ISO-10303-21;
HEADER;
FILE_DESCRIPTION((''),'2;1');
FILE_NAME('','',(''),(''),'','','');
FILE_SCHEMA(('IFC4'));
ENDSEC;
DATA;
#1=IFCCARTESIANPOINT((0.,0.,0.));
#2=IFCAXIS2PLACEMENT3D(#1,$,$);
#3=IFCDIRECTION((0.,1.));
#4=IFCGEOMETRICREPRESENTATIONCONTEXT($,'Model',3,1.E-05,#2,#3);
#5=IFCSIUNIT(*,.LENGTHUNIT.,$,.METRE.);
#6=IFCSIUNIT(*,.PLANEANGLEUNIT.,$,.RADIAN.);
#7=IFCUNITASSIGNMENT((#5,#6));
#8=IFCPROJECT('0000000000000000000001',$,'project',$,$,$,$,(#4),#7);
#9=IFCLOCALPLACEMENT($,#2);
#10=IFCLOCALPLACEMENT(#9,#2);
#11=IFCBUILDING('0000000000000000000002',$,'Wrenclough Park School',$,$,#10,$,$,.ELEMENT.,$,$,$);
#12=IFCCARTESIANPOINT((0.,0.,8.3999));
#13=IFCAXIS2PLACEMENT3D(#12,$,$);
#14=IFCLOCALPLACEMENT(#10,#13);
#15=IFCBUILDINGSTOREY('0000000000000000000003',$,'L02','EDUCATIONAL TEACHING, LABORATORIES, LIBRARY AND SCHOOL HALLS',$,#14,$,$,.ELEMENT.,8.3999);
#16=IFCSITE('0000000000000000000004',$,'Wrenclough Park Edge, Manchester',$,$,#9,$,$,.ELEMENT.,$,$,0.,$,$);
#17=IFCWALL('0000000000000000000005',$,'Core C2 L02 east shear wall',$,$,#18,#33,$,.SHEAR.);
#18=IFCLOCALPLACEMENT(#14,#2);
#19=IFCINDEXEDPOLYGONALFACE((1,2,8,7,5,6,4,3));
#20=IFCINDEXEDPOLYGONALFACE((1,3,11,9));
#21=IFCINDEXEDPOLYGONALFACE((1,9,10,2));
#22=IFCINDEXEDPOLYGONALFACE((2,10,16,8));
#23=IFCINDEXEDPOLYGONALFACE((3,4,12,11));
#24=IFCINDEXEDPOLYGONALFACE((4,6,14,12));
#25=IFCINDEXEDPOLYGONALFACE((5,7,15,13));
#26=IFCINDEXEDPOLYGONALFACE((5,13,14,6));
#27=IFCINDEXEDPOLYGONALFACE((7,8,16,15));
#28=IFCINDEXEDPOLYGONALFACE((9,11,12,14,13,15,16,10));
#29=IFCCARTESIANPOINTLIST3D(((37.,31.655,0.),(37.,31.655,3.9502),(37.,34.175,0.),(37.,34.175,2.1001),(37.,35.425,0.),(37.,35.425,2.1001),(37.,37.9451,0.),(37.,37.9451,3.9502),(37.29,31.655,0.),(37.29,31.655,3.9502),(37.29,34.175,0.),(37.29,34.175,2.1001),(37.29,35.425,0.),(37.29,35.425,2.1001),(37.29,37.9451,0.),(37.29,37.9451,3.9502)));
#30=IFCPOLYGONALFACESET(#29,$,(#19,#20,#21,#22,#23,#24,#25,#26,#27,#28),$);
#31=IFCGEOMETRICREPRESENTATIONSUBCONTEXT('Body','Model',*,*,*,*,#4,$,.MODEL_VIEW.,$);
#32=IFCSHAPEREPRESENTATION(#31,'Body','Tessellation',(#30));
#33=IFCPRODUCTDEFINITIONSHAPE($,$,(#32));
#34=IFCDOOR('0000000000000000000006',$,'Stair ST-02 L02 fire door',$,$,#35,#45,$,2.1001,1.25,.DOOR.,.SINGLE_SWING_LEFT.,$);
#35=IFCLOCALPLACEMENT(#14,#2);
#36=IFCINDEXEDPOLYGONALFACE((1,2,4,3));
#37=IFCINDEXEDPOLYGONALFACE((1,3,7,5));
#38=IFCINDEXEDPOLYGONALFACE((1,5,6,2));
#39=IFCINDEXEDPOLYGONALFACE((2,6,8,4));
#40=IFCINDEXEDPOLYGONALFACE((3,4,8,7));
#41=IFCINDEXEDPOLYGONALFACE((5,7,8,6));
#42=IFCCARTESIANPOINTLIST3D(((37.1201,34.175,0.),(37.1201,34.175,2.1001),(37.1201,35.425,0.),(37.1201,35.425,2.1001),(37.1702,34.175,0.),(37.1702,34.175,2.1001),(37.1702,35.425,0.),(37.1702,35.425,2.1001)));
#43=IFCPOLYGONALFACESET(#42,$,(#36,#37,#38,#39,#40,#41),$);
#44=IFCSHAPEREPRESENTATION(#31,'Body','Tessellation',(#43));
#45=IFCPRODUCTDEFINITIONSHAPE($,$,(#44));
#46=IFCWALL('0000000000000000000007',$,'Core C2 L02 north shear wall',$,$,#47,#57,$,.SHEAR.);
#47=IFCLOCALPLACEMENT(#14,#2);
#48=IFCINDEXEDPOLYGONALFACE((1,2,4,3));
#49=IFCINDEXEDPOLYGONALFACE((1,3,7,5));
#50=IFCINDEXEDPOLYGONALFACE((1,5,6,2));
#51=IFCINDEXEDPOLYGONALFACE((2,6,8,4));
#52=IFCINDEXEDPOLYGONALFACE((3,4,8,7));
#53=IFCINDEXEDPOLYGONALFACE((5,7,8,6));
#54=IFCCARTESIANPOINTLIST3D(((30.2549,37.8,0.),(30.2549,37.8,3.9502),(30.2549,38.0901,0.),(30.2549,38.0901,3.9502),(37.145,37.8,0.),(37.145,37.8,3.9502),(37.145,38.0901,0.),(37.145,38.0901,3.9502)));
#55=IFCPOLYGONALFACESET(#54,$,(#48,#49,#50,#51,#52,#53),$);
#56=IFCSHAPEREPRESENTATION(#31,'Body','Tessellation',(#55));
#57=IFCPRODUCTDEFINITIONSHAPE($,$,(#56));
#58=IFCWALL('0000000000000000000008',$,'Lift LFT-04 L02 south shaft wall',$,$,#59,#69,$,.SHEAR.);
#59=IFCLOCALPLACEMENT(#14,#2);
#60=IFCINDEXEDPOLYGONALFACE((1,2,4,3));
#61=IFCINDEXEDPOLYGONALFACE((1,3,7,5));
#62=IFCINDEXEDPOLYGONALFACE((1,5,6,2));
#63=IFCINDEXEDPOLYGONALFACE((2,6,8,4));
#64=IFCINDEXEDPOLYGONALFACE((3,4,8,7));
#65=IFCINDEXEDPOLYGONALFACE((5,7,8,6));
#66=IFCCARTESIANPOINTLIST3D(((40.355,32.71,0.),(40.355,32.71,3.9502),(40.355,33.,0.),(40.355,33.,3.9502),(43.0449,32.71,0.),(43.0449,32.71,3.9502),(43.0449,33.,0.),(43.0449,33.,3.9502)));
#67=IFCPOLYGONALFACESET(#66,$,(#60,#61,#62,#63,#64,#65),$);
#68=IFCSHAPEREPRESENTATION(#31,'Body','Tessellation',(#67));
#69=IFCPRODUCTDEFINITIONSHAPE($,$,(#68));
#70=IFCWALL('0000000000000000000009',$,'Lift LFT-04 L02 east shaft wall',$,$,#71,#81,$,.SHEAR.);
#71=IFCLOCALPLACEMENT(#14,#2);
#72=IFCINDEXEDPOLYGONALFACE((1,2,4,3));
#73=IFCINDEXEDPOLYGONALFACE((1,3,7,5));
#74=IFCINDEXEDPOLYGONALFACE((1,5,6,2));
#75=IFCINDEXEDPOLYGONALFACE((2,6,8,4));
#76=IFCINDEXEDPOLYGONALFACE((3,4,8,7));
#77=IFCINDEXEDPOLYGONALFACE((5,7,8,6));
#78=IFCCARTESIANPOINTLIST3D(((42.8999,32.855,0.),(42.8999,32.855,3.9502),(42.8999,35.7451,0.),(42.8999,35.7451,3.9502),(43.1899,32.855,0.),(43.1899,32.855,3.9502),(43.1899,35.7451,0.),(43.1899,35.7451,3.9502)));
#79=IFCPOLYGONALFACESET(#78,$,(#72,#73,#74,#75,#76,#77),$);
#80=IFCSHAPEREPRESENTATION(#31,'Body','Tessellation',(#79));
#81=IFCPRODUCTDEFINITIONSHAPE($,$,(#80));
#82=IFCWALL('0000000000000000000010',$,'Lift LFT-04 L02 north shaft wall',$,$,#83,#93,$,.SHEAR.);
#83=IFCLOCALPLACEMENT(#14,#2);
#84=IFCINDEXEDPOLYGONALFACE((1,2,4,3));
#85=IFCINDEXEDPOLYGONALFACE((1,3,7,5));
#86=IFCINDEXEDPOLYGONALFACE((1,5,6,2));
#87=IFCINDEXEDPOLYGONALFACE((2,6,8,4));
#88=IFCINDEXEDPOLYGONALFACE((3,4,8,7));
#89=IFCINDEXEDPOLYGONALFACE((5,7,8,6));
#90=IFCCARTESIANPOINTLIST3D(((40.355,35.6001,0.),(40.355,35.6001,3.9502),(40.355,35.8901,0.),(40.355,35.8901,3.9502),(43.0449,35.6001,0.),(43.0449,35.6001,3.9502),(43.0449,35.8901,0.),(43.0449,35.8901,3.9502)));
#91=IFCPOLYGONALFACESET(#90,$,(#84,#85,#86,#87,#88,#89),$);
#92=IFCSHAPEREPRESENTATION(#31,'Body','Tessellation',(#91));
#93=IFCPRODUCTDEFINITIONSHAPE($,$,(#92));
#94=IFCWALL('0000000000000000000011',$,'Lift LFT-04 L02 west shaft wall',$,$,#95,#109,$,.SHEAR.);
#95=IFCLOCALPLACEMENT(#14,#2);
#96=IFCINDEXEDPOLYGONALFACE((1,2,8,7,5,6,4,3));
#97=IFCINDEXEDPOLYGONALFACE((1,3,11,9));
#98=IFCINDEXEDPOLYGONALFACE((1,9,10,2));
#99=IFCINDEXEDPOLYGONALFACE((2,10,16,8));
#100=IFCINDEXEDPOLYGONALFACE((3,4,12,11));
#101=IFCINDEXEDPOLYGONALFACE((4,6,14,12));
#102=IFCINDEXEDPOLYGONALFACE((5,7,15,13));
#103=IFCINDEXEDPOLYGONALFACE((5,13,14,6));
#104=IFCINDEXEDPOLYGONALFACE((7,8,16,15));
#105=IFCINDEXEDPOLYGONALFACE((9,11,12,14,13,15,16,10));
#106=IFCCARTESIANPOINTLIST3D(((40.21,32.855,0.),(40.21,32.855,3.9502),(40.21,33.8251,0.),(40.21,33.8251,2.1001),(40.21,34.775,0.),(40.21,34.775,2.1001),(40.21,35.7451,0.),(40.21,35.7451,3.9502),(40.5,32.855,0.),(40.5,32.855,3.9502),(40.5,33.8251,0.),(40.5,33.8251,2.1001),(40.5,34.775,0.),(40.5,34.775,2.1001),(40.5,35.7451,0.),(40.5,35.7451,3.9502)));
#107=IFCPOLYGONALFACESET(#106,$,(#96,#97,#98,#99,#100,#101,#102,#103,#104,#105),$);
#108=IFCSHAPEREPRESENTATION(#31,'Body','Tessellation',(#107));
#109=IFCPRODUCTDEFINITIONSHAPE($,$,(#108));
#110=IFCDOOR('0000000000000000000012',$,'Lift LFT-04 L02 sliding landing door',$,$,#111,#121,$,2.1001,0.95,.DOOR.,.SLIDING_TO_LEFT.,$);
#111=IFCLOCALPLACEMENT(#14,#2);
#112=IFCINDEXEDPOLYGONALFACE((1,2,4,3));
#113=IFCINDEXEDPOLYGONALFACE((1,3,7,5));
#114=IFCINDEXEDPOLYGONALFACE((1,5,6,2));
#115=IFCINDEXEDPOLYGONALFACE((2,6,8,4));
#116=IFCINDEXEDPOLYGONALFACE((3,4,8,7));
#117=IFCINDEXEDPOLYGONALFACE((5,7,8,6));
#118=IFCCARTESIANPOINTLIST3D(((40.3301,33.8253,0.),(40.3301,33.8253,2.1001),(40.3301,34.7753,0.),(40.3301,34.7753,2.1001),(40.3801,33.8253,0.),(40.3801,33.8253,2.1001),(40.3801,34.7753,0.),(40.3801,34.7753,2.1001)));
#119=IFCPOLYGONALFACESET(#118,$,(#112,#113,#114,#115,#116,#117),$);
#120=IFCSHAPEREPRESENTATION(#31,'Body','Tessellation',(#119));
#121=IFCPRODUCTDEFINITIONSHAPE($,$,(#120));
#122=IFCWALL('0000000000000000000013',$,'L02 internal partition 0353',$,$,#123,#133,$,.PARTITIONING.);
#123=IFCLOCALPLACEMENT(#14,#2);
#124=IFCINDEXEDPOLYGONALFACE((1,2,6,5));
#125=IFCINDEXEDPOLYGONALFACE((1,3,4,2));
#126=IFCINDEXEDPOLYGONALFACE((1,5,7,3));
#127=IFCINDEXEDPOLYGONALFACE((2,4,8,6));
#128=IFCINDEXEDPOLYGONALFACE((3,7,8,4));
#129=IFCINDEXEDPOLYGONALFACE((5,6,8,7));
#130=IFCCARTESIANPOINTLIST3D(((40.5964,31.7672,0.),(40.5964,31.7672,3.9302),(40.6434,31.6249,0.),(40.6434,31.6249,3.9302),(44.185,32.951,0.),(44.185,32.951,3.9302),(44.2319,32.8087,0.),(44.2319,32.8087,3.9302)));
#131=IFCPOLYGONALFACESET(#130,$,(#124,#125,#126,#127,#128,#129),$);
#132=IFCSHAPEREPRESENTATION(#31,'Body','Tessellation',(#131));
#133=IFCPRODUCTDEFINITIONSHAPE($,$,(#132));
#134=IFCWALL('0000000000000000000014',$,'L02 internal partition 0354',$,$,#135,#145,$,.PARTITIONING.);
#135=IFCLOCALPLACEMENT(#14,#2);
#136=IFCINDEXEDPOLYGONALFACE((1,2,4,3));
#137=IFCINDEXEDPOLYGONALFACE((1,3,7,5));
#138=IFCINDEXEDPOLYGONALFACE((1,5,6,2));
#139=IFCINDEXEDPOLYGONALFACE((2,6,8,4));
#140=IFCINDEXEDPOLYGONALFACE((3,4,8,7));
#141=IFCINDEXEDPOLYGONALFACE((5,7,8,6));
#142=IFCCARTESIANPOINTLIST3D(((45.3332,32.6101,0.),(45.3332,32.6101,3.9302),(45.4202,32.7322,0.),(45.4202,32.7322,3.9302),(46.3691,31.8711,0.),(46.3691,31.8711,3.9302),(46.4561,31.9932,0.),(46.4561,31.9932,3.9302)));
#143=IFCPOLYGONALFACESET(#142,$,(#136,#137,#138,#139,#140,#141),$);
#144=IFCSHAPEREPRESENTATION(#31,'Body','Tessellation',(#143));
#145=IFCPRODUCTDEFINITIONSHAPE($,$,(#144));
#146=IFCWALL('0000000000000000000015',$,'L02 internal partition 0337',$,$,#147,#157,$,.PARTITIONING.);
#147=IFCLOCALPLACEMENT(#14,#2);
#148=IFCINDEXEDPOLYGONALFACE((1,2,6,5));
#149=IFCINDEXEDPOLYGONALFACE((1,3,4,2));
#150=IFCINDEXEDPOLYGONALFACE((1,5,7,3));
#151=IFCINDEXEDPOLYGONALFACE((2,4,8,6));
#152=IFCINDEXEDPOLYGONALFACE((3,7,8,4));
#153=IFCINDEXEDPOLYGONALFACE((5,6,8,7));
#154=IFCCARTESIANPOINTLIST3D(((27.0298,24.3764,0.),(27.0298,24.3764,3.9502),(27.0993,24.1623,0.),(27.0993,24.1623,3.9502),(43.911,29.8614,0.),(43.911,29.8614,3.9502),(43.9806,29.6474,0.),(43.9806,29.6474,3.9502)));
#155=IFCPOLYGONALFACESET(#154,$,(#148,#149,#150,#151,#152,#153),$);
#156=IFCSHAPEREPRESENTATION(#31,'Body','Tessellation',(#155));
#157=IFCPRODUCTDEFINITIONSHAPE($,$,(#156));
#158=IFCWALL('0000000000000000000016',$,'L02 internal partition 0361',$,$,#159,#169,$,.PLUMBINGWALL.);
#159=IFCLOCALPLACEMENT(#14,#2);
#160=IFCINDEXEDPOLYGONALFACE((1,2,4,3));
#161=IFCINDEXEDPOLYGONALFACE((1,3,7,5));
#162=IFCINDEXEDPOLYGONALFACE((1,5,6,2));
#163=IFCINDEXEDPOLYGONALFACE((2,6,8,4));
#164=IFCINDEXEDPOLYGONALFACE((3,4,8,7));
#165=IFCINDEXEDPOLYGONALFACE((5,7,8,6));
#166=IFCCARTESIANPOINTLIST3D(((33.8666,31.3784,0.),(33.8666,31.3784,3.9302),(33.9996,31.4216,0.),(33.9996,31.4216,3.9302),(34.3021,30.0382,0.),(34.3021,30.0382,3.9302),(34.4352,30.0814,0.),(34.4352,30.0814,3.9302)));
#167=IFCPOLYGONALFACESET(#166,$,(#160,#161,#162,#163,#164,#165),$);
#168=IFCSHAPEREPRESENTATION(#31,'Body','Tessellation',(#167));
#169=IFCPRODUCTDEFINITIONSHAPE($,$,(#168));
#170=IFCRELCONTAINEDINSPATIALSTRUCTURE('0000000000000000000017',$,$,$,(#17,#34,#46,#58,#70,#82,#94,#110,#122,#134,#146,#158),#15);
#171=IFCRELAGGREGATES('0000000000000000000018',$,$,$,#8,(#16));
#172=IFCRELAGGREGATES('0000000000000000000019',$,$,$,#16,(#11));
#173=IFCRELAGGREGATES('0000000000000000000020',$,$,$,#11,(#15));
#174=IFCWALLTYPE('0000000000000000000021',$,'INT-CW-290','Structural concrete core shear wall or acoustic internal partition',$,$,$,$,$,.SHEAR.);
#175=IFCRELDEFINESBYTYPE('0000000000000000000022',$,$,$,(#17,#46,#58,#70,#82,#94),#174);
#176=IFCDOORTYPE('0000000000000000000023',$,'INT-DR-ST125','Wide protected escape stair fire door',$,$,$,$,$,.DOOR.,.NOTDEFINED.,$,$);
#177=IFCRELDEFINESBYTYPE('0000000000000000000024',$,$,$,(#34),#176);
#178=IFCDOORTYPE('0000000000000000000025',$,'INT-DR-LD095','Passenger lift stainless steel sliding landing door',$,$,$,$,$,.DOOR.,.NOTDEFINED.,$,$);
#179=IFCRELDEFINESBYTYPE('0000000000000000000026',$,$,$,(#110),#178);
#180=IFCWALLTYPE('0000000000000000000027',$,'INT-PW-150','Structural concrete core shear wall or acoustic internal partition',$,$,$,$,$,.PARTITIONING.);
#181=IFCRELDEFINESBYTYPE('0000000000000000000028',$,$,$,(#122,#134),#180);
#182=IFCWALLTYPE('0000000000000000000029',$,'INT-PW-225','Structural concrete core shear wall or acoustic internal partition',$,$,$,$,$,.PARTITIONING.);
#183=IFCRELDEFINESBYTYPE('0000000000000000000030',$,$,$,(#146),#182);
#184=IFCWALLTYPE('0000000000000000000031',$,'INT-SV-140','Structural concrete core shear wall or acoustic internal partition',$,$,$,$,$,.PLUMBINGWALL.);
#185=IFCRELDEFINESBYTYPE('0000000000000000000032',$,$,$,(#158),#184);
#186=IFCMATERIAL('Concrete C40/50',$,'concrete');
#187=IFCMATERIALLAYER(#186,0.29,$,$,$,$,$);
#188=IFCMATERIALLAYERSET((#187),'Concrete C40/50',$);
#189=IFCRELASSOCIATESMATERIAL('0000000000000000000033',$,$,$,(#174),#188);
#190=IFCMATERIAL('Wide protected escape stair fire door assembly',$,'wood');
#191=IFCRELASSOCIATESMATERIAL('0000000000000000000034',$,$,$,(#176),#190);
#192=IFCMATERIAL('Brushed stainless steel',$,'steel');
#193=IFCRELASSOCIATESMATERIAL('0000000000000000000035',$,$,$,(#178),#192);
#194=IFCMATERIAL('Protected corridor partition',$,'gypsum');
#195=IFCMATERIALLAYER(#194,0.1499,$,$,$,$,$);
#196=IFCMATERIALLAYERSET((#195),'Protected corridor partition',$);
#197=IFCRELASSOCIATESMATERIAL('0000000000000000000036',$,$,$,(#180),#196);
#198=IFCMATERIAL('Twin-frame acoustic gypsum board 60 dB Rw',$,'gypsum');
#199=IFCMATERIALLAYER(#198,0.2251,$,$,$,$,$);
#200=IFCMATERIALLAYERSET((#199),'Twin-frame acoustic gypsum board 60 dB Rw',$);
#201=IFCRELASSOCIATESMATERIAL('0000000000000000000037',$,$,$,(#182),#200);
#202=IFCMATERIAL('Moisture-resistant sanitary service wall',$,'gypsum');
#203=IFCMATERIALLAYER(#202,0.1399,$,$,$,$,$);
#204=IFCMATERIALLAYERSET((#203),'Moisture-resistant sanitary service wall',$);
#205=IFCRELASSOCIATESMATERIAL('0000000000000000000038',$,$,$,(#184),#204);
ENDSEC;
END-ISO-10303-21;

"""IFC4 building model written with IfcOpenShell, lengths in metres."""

from ifc_helpers import new_model, si_unit, direction, frame, frame_2d, origin, place, context, subcontext, project, spatial, rectangle, extrude, material, layer, layer_set, type_object, element, fill, save


model = new_model("IFC4")

# Units and contexts
model_context = context("Model", 3, precision=1e-05, world=origin(), true_north=direction((0.0, 1.0)))
body_context = subcontext(model_context, "Body", "Model", "MODEL_VIEW")
ifc_project = project(units=[si_unit("LENGTHUNIT", "METRE"), si_unit("PLANEANGLEUNIT", "RADIAN")], contexts=[model_context])

# Site, building, storey
site_placement = place(None, origin())
site = spatial("IfcSite", under=ifc_project, at=site_placement, Name="Wrenclough Park Edge, Manchester", CompositionType="ELEMENT", RefElevation=0.0)
building_placement = place(site_placement, origin())
building = spatial("IfcBuilding", under=site, at=building_placement, Name="Wrenclough Park School", CompositionType="ELEMENT")
storey_placement = place(building_placement, frame((0.0, 0.0, 8.3999)))
storey = spatial("IfcBuildingStorey", under=building, at=storey_placement, Name="L02", Description="EDUCATIONAL TEACHING, LABORATORIES, LIBRARY AND SCHOOL HALLS", CompositionType="ELEMENT", Elevation=8.3999)

# Wall, opening, door
ifc_material_1 = material(Name="Concrete C40/50", Category="concrete")
ifc_layer_1 = layer(ifc_material_1, 0.29)
ifc_layer_set_1 = layer_set([ifc_layer_1], Name="Concrete C40/50")
wall_type_1 = type_object("IfcWallType", Name="INT-CW-290", Description="Structural concrete core shear wall or acoustic internal partition", PredefinedType="SHEAR", material=ifc_layer_set_1)
wall_1_placement = place(storey_placement, frame((37.145, 31.655, 0.0), z_axis=(0.0, 0.0, 1.0), x_axis=(0.0, 1.0, 0.0)))
wall_1 = element("IfcWall", 1, at=wall_1_placement, inside=storey, type_object=wall_type_1, Name="Core C2 L02 east shear wall", PredefinedType="SHEAR", context=body_context, shape_type="SweptSolid", body=[
    extrude(rectangle(XDim=6.29, YDim=0.29, at=frame_2d((3.145, 0.0))), origin(), (0.0, 0.0, 1.0), 3.9502),
])
opening_1_placement = place(wall_1_placement, frame((2.52, 0.0, 0.0)))
opening_1 = element("IfcOpeningElement", 2, at=opening_1_placement, cuts=wall_1, PredefinedType="OPENING", context=body_context, shape_type="SweptSolid", body=[
    extrude(rectangle(XDim=1.25, YDim=2.1001, at=frame_2d((0.625, 1.05))), frame((0.0, 0.155, 0.0), z_axis=(0.0, -1.0, 0.0), x_axis=(1.0, 0.0, 0.0)), (0.0, 0.0, 1.0), 0.3101),
])
ifc_material_2 = material(Name="Wide protected escape stair fire door assembly", Category="wood")
door_type_1 = type_object("IfcDoorType", Name="INT-DR-ST125", Description="Wide protected escape stair fire door", OperationType="NOTDEFINED", PredefinedType="DOOR", material=ifc_material_2)
door_1_placement = place(opening_1_placement, origin())
door_1 = element("IfcDoor", 3, at=door_1_placement, inside=storey, type_object=door_type_1, Name="Stair ST-02 L02 fire door", OperationType="SINGLE_SWING_LEFT", OverallHeight=2.1001, OverallWidth=1.25, PredefinedType="DOOR", context=body_context, shape_type="SweptSolid", body=[
    extrude(rectangle(XDim=1.25, YDim=2.1001, at=frame_2d((0.625, 1.05))), frame((0.0, 0.0249, 0.0), z_axis=(0.0, -1.0, 0.0), x_axis=(1.0, 0.0, 0.0)), (0.0, 0.0, 1.0), 0.05),
])
fill(opening_1, door_1)

# Walls
wall_2_placement = place(storey_placement, frame((37.145, 37.9451, 0.0), z_axis=(0.0, 0.0, 1.0), x_axis=(-1.0, 0.0, 0.0)))
element("IfcWall", 4, at=wall_2_placement, inside=storey, type_object=wall_type_1, Name="Core C2 L02 north shear wall", PredefinedType="SHEAR", context=body_context, shape_type="SweptSolid", body=[
    extrude(rectangle(XDim=6.8901, YDim=0.29, at=frame_2d((3.4451, 0.0))), origin(), (0.0, 0.0, 1.0), 3.9502),
])
wall_3_placement = place(storey_placement, frame((40.355, 32.855, 0.0), z_axis=(0.0, 0.0, 1.0), x_axis=(1.0, 0.0, 0.0)))
element("IfcWall", 5, at=wall_3_placement, inside=storey, type_object=wall_type_1, Name="Lift LFT-04 L02 south shaft wall", PredefinedType="SHEAR", context=body_context, shape_type="SweptSolid", body=[
    extrude(rectangle(XDim=2.6899, YDim=0.29, at=frame_2d((1.345, 0.0))), origin(), (0.0, 0.0, 1.0), 3.9502),
])
wall_4_placement = place(storey_placement, frame((43.0449, 32.855, 0.0), z_axis=(0.0, 0.0, 1.0), x_axis=(0.0, 1.0, 0.0)))
element("IfcWall", 6, at=wall_4_placement, inside=storey, type_object=wall_type_1, Name="Lift LFT-04 L02 east shaft wall", PredefinedType="SHEAR", context=body_context, shape_type="SweptSolid", body=[
    extrude(rectangle(XDim=2.8901, YDim=0.29, at=frame_2d((1.4451, 0.0))), origin(), (0.0, 0.0, 1.0), 3.9502),
])
wall_5_placement = place(storey_placement, frame((43.0449, 35.7451, 0.0), z_axis=(0.0, 0.0, 1.0), x_axis=(-1.0, 0.0, 0.0)))
element("IfcWall", 7, at=wall_5_placement, inside=storey, type_object=wall_type_1, Name="Lift LFT-04 L02 north shaft wall", PredefinedType="SHEAR", context=body_context, shape_type="SweptSolid", body=[
    extrude(rectangle(XDim=2.6899, YDim=0.29, at=frame_2d((1.345, 0.0))), origin(), (0.0, 0.0, 1.0), 3.9502),
])

# Wall, opening, door
wall_6_placement = place(storey_placement, frame((40.355, 35.7451, 0.0), z_axis=(0.0, 0.0, 1.0), x_axis=(0.0, -1.0, 0.0)))
wall_6 = element("IfcWall", 8, at=wall_6_placement, inside=storey, type_object=wall_type_1, Name="Lift LFT-04 L02 west shaft wall", PredefinedType="SHEAR", context=body_context, shape_type="SweptSolid", body=[
    extrude(rectangle(XDim=2.8901, YDim=0.29, at=frame_2d((1.4451, 0.0))), origin(), (0.0, 0.0, 1.0), 3.9502),
])
opening_2_placement = place(wall_6_placement, frame((0.97, 0.0, 0.0)))
opening_2 = element("IfcOpeningElement", 9, at=opening_2_placement, cuts=wall_6, PredefinedType="OPENING", context=body_context, shape_type="SweptSolid", body=[
    extrude(rectangle(XDim=0.95, YDim=2.1001, at=frame_2d((0.4751, 1.05))), frame((0.0, 0.155, 0.0), z_axis=(0.0, -1.0, 0.0), x_axis=(1.0, 0.0, 0.0)), (0.0, 0.0, 1.0), 0.3101),
])
ifc_material_3 = material(Name="Brushed stainless steel", Category="steel")
door_type_2 = type_object("IfcDoorType", Name="INT-DR-LD095", Description="Passenger lift stainless steel sliding landing door", OperationType="NOTDEFINED", PredefinedType="DOOR", material=ifc_material_3)
door_2_placement = place(opening_2_placement, frame((0.95, 0.0, 0.0), z_axis=(0.0, 0.0, 1.0), x_axis=(-1.0, 0.0, 0.0)))
door_2 = element("IfcDoor", 10, at=door_2_placement, inside=storey, type_object=door_type_2, Name="Lift LFT-04 L02 sliding landing door", OperationType="SLIDING_TO_LEFT", OverallHeight=2.1001, OverallWidth=0.95, PredefinedType="DOOR", context=body_context, shape_type="SweptSolid", body=[
    extrude(rectangle(XDim=0.95, YDim=2.1001, at=frame_2d((0.4751, 1.05))), frame((0.0, 0.0249, 0.0), z_axis=(0.0, -1.0, 0.0), x_axis=(1.0, 0.0, 0.0)), (0.0, 0.0, 1.0), 0.05),
])
fill(opening_2, door_2)

# Walls
ifc_material_4 = material(Name="Protected corridor partition", Category="gypsum")
ifc_layer_2 = layer(ifc_material_4, 0.1499)
ifc_layer_set_2 = layer_set([ifc_layer_2], Name="Protected corridor partition")
wall_type_2 = type_object("IfcWallType", Name="INT-PW-150", Description="Structural concrete core shear wall or acoustic internal partition", PredefinedType="PARTITIONING", material=ifc_layer_set_2)
wall_7_placement = place(storey_placement, frame((40.6199, 31.696, 0.0), z_axis=(0.0, 0.0, 1.0), x_axis=(0.949661, 0.31328, 0.0)))
element("IfcWall", 11, at=wall_7_placement, inside=storey, type_object=wall_type_2, Name="L02 internal partition 0353", PredefinedType="PARTITIONING", context=body_context, shape_type="SweptSolid", body=[
    extrude(rectangle(XDim=3.7788, YDim=0.1499, at=frame_2d((1.8894, 0.0))), origin(), (0.0, 0.0, 1.0), 3.9302),
])
wall_8_placement = place(storey_placement, frame((45.3767, 32.6711, 0.0), z_axis=(0.0, 0.0, 1.0), x_axis=(0.81407, -0.580766, 0.0)))
element("IfcWall", 12, at=wall_8_placement, inside=storey, type_object=wall_type_2, Name="L02 internal partition 0354", PredefinedType="PARTITIONING", context=body_context, shape_type="SweptSolid", body=[
    extrude(rectangle(XDim=1.2725, YDim=0.1499, at=frame_2d((0.6362, 0.0))), origin(), (0.0, 0.0, 1.0), 3.9302),
])
ifc_material_5 = material(Name="Twin-frame acoustic gypsum board 60 dB Rw", Category="gypsum")
ifc_layer_3 = layer(ifc_material_5, 0.2251)
ifc_layer_set_3 = layer_set([ifc_layer_3], Name="Twin-frame acoustic gypsum board 60 dB Rw")
wall_type_3 = type_object("IfcWallType", Name="INT-PW-225", Description="Structural concrete core shear wall or acoustic internal partition", PredefinedType="PARTITIONING", material=ifc_layer_set_3)
wall_9_placement = place(storey_placement, frame((43.9458, 29.7544, 0.0), z_axis=(0.0, 0.0, 1.0), x_axis=(-0.951056, -0.309018, 0.0)))
element("IfcWall", 13, at=wall_9_placement, inside=storey, type_object=wall_type_3, Name="L02 internal partition 0337", PredefinedType="PARTITIONING", context=body_context, shape_type="SweptSolid", body=[
    extrude(rectangle(XDim=17.75, YDim=0.2251, at=frame_2d((8.875, 0.0))), origin(), (0.0, 0.0, 1.0), 3.9502),
])
ifc_material_6 = material(Name="Moisture-resistant sanitary service wall", Category="gypsum")
ifc_layer_4 = layer(ifc_material_6, 0.1399)
ifc_layer_set_4 = layer_set([ifc_layer_4], Name="Moisture-resistant sanitary service wall")
wall_type_4 = type_object("IfcWallType", Name="INT-SV-140", Description="Structural concrete core shear wall or acoustic internal partition", PredefinedType="PLUMBINGWALL", material=ifc_layer_set_4)
wall_10_placement = place(storey_placement, frame((34.3687, 30.0598, 0.0), z_axis=(0.0, 0.0, 1.0), x_axis=(-0.309098, 0.95103, 0.0)))
element("IfcWall", 14, at=wall_10_placement, inside=storey, type_object=wall_type_4, Name="L02 internal partition 0361", PredefinedType="PLUMBINGWALL", context=body_context, shape_type="SweptSolid", body=[
    extrude(rectangle(XDim=1.4092, YDim=0.1399, at=frame_2d((0.7046, 0.0))), origin(), (0.0, 0.0, 1.0), 3.9302),
])

save(model, "model.ifc")
